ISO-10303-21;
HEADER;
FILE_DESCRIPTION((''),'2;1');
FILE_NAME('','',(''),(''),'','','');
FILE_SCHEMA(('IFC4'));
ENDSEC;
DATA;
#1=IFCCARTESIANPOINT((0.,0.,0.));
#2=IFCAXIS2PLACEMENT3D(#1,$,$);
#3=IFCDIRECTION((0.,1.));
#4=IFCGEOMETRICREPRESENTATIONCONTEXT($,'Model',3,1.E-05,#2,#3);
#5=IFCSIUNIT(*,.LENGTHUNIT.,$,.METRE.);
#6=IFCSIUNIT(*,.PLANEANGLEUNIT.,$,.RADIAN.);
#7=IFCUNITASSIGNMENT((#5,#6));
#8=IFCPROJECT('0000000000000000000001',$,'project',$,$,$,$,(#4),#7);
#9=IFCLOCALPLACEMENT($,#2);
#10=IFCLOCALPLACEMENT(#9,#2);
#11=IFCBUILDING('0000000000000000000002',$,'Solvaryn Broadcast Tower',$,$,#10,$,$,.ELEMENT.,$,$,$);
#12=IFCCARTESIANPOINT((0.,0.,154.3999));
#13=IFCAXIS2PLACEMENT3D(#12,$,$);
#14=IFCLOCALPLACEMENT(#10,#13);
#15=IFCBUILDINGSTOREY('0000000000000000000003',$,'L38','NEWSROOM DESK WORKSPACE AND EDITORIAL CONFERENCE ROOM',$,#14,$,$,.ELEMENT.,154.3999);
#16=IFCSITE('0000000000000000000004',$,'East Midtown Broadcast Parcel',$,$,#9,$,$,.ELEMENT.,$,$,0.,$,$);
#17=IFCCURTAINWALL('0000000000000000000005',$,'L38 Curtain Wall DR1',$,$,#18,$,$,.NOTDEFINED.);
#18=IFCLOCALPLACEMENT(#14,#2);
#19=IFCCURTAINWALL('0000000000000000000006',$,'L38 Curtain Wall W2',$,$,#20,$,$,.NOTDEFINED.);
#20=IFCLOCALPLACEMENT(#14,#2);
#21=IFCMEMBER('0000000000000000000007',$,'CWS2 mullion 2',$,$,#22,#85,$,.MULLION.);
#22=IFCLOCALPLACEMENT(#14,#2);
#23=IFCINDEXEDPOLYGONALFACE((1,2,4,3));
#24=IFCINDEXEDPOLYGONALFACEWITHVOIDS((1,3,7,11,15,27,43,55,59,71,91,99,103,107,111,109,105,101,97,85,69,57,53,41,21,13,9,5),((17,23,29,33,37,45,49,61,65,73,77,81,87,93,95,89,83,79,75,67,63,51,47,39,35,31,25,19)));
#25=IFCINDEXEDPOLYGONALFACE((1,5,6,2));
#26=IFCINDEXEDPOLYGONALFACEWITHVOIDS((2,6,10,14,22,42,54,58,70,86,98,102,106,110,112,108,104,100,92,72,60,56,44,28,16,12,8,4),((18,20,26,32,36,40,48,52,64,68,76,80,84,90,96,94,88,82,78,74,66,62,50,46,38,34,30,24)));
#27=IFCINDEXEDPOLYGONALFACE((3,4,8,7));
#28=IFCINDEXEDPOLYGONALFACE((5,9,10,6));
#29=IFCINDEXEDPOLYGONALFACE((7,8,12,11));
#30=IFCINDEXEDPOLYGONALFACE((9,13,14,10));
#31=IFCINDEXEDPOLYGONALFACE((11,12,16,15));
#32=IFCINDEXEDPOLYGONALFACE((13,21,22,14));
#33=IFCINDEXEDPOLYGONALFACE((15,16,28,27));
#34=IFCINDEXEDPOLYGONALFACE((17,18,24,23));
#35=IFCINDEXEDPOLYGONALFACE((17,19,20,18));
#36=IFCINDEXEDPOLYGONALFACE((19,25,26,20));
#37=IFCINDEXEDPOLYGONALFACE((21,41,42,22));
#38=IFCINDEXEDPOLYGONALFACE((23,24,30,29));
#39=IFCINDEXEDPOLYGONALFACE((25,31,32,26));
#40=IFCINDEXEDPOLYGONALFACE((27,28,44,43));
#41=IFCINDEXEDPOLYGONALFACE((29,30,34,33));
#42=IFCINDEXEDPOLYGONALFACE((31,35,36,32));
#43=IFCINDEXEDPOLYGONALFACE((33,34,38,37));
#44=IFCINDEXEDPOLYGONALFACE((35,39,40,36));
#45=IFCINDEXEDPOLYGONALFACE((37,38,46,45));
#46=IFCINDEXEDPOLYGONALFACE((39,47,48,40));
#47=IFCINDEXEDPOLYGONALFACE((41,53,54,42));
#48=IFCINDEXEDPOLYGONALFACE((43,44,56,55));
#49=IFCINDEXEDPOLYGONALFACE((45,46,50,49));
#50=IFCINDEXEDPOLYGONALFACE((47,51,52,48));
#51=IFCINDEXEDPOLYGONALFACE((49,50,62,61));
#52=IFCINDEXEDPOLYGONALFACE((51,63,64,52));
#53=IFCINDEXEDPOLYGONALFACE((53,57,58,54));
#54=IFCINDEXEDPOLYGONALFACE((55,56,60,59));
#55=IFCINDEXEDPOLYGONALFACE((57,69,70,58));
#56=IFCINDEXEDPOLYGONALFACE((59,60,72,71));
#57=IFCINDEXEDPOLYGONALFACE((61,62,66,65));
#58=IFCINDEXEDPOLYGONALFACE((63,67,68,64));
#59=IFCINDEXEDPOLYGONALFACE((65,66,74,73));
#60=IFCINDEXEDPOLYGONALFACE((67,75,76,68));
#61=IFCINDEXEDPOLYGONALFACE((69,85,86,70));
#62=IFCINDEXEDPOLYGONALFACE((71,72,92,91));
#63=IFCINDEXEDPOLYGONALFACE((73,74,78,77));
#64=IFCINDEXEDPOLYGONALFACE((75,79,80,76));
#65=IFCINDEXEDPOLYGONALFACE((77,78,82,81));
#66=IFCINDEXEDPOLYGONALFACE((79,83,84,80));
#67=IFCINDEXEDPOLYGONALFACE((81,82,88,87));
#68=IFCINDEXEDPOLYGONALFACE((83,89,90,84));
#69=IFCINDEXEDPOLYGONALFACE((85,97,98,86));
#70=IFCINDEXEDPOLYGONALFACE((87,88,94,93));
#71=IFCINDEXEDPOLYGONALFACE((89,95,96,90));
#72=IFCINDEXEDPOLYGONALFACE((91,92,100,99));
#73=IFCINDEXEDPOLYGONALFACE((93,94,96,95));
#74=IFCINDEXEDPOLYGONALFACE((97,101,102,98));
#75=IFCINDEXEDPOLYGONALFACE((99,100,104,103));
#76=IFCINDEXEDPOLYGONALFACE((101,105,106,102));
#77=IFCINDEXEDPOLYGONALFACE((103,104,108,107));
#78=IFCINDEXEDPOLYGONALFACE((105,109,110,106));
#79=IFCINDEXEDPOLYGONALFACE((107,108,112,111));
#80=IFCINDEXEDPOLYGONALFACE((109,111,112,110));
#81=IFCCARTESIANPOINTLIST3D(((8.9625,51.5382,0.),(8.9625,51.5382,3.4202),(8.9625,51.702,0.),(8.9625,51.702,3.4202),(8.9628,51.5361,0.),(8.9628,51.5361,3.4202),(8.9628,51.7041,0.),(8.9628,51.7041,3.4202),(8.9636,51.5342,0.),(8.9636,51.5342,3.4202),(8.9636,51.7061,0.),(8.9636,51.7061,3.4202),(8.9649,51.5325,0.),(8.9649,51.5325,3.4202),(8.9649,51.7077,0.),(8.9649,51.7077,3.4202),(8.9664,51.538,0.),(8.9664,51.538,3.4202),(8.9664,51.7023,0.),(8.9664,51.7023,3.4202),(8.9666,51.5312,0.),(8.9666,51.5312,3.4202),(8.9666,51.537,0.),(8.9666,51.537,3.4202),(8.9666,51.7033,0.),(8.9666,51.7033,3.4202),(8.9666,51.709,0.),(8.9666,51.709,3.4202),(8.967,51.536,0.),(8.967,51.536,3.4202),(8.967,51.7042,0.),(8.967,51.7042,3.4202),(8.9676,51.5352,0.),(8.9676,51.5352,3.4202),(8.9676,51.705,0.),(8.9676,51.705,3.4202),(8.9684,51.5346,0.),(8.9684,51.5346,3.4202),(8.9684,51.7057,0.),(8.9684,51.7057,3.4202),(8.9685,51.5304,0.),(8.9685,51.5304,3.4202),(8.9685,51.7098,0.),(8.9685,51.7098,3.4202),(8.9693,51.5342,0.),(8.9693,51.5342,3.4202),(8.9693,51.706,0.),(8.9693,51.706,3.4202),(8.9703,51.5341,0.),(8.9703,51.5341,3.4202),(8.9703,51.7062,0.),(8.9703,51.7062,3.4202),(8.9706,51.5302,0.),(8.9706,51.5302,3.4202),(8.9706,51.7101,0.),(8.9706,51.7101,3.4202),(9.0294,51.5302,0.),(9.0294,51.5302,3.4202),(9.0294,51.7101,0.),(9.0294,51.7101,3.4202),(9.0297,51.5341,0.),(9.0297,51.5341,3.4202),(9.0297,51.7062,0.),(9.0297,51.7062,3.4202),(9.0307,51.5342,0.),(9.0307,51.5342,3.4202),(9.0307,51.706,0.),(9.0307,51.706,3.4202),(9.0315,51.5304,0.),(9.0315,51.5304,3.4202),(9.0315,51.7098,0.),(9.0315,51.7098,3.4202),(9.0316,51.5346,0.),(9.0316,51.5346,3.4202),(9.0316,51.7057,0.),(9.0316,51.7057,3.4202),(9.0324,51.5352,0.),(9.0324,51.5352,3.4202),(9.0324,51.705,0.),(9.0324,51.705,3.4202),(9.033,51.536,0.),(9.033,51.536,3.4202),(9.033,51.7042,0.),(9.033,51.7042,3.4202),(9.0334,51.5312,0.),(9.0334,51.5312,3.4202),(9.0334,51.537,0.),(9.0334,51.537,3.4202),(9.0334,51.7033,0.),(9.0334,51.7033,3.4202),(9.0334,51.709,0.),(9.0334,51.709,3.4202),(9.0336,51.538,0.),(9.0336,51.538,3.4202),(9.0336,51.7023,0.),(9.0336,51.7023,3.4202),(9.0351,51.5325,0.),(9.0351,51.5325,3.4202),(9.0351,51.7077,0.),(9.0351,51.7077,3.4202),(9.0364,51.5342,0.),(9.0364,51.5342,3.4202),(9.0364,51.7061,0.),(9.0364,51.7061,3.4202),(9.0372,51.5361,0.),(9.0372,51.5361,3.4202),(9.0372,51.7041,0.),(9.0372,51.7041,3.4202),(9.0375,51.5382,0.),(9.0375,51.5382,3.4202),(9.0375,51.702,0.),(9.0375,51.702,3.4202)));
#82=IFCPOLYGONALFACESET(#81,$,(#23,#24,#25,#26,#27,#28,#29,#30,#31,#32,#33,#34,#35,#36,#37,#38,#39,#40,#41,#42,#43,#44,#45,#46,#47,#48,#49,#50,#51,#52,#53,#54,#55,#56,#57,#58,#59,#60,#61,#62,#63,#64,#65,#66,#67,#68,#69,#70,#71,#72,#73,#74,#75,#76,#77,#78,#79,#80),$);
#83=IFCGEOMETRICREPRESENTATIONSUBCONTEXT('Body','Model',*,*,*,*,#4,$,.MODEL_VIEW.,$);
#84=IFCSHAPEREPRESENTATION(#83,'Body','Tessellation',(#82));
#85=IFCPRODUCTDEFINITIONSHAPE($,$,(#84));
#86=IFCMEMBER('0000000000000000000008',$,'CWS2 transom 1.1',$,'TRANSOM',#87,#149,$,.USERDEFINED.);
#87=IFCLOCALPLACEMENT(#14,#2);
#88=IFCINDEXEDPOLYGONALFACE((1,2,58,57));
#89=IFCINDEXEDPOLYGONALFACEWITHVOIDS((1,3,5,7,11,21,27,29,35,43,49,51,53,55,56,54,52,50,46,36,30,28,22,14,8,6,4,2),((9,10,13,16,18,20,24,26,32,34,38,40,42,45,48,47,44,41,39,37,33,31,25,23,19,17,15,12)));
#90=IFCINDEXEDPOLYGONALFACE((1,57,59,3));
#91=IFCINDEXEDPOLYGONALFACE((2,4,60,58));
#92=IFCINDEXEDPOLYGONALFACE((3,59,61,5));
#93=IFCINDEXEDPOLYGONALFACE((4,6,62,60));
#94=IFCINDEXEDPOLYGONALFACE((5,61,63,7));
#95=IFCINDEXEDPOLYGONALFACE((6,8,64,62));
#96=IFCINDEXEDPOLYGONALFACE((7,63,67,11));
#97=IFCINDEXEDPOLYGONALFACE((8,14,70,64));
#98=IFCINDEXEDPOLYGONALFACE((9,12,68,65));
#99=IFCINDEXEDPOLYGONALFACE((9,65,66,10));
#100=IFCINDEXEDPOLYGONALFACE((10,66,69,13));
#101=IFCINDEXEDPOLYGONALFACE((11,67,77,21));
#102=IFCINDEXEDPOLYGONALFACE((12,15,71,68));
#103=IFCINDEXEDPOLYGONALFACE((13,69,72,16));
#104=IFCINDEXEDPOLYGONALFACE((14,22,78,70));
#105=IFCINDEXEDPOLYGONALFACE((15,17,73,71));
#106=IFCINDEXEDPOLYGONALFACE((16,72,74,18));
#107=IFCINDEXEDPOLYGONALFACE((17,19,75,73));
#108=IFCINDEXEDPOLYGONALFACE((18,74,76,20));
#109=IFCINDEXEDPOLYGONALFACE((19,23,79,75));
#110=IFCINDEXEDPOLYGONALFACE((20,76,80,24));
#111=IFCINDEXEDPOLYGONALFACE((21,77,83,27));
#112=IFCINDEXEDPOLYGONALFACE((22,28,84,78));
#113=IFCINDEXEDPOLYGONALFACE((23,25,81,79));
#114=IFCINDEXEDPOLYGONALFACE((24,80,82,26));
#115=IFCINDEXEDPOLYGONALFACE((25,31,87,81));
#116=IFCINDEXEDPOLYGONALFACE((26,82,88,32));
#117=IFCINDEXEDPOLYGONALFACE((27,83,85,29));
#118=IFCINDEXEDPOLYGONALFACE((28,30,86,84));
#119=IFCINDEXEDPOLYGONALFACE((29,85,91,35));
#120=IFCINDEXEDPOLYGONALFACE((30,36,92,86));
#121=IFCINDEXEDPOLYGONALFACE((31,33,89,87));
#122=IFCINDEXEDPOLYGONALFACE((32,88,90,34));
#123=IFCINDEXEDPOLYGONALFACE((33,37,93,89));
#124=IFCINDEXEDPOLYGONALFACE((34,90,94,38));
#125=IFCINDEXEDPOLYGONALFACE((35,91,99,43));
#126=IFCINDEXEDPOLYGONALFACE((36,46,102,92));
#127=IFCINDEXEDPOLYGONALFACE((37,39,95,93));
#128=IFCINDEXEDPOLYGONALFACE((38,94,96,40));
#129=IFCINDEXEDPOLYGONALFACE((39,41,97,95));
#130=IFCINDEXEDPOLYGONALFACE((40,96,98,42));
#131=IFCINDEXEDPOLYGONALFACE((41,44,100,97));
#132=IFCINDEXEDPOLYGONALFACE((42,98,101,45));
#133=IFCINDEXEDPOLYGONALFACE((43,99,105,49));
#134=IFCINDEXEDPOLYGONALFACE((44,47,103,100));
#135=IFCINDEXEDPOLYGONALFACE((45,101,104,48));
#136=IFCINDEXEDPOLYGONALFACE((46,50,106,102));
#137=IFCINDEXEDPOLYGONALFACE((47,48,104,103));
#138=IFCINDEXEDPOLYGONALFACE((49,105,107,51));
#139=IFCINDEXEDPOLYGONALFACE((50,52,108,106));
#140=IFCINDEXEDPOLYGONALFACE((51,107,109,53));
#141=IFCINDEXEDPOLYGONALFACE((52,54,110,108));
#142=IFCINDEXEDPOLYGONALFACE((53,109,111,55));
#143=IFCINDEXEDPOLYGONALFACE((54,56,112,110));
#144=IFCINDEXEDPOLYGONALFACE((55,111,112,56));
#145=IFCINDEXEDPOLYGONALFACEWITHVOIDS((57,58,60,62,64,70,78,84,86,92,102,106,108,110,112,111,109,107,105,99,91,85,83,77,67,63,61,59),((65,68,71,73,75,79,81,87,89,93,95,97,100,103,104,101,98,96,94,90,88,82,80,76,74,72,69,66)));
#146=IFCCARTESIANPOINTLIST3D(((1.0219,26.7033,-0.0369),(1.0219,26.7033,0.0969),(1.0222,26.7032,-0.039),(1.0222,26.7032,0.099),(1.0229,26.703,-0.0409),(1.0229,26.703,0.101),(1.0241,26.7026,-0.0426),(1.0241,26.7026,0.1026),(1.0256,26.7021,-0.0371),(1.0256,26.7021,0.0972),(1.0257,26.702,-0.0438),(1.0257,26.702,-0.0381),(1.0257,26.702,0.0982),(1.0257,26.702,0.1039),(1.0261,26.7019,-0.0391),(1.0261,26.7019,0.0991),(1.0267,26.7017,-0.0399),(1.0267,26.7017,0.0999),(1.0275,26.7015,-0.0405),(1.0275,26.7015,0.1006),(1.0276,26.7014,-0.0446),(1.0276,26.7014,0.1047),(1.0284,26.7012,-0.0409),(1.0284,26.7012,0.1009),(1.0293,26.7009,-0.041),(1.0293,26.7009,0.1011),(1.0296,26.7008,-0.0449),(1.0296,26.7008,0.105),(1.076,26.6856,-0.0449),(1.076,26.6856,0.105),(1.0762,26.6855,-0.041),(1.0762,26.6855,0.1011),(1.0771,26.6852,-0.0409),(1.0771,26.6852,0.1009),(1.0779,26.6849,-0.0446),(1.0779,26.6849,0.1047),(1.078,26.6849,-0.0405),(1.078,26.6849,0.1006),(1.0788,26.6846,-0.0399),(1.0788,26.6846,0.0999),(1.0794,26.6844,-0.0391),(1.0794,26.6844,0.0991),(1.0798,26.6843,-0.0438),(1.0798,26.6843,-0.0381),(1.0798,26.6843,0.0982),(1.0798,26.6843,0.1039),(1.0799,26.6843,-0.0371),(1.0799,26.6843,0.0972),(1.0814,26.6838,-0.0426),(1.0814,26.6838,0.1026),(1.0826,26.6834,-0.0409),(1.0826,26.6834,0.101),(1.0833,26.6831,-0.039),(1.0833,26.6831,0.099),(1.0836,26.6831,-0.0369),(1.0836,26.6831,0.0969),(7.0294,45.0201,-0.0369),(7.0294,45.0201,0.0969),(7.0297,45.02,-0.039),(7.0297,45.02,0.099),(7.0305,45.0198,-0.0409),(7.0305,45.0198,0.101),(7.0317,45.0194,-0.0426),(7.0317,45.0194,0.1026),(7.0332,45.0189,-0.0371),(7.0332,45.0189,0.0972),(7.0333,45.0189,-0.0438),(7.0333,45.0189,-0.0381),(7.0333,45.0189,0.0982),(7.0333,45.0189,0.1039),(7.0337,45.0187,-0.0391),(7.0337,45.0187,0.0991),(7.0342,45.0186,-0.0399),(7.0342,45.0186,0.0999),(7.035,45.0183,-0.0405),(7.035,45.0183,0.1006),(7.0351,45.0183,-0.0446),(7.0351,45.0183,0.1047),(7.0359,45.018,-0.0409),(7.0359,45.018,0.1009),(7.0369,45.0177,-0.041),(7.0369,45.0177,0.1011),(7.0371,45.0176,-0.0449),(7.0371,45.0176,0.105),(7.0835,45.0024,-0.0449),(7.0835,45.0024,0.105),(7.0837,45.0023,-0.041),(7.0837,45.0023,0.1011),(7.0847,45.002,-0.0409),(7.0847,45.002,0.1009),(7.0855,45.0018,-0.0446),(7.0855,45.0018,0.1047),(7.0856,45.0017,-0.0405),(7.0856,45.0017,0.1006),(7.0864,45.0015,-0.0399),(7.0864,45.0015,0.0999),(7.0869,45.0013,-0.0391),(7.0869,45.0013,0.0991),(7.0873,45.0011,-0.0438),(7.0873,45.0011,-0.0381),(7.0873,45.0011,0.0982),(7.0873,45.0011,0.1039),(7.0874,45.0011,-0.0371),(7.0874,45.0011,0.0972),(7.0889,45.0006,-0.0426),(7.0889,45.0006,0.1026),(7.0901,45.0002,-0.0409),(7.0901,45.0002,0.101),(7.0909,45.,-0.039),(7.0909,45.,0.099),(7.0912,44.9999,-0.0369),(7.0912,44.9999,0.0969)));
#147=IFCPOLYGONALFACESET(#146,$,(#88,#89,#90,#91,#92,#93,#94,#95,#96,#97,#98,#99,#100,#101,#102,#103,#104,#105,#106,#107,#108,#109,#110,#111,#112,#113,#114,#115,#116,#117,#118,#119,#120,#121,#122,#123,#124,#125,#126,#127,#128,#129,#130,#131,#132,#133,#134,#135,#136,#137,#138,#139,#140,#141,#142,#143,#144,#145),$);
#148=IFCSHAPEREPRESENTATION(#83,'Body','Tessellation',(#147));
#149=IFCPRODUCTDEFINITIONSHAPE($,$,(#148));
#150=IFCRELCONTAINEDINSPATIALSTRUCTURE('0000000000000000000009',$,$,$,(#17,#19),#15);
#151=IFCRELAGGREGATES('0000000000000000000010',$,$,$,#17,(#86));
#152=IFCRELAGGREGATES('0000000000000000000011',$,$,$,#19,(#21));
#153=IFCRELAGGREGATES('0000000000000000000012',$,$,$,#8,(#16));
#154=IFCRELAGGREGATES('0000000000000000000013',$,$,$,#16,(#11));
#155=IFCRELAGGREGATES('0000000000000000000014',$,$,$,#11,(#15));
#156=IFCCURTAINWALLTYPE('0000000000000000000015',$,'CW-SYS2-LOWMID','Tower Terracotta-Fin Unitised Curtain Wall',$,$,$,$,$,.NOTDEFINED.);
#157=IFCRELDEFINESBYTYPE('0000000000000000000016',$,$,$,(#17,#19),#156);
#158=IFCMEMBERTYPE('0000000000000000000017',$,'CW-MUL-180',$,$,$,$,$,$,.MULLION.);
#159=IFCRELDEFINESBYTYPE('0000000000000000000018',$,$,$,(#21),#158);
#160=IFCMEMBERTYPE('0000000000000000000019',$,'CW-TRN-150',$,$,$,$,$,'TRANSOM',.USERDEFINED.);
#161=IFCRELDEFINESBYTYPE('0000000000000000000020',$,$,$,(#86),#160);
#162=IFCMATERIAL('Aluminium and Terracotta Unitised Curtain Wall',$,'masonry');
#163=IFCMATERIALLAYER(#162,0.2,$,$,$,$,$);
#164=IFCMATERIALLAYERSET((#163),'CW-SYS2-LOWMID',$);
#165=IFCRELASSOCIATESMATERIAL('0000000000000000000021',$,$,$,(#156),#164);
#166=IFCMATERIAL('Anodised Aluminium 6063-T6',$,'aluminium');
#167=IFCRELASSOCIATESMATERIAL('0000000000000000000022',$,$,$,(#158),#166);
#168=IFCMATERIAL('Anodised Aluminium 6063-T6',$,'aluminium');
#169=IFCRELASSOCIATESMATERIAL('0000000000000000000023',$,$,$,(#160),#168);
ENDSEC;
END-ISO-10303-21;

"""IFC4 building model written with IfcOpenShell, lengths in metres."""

from ifc_helpers import new_model, si_unit, direction, frame, origin, origin_2d, place, context, subcontext, project, spatial, hollow_rectangle, extrude, material, layer, layer_set, material_profile, profile_set, type_object, element, aggregate, save


model = new_model("IFC4")

# Units and contexts
model_context = context("Model", 3, precision=1e-05, world=origin(), true_north=direction((0.0, 1.0)))
body_context = subcontext(model_context, "Body", "Model", "MODEL_VIEW")
ifc_project = project(units=[si_unit("LENGTHUNIT", "METRE"), si_unit("PLANEANGLEUNIT", "RADIAN")], contexts=[model_context])

# Site, building, storey
site_placement = place(None, origin())
site = spatial("IfcSite", under=ifc_project, at=site_placement, Name="East Midtown Broadcast Parcel", CompositionType="ELEMENT", RefElevation=0.0)
building_placement = place(site_placement, origin())
building = spatial("IfcBuilding", under=site, at=building_placement, Name="Solvaryn Broadcast Tower", CompositionType="ELEMENT")
storey_placement = place(building_placement, frame((0.0, 0.0, 154.3999)))
storey = spatial("IfcBuildingStorey", under=building, at=storey_placement, Name="L38", Description="NEWSROOM DESK WORKSPACE AND EDITORIAL CONFERENCE ROOM", CompositionType="ELEMENT", Elevation=154.3999)

# Curtain wall
ifc_material_1 = material(Name="Aluminium and Terracotta Unitised Curtain Wall", Category="masonry")
ifc_layer_1 = layer(ifc_material_1, 0.2)
ifc_layer_set_1 = layer_set([ifc_layer_1], Name="CW-SYS2-LOWMID")
curtain_wall_type = type_object("IfcCurtainWallType", Name="CW-SYS2-LOWMID", Description="Tower Terracotta-Fin Unitised Curtain Wall", PredefinedType="NOTDEFINED", material=ifc_layer_set_1)
curtain_wall_1_placement = place(storey_placement, origin())
curtain_wall_1 = element("IfcCurtainWall", 1, at=curtain_wall_1_placement, inside=storey, type_object=curtain_wall_type, Name="L38 Curtain Wall DR1", PredefinedType="NOTDEFINED")
ifc_material_2 = material(Name="Anodised Aluminium 6063-T6", Category="aluminium")
ifc_material_profile_1 = material_profile(ifc_material_2, hollow_rectangle(XDim=0.075, YDim=0.1799, WallThickness=0.0039, InnerFilletRadius=0.0039, OuterFilletRadius=0.0081, at=origin_2d()))
ifc_profile_set_1 = profile_set([ifc_material_profile_1], Name="Anodised Aluminium 6063-T6")
member_type_1 = type_object("IfcMemberType", Name="CW-MUL-180", PredefinedType="MULLION", material=ifc_profile_set_1)

# Curtain wall, member
curtain_wall_2_placement = place(storey_placement, origin())
curtain_wall_2 = element("IfcCurtainWall", 2, at=curtain_wall_2_placement, inside=storey, type_object=curtain_wall_type, Name="L38 Curtain Wall W2", PredefinedType="NOTDEFINED")
member_1_placement = place(storey_placement, frame((9.0, 51.6201, 0.0), z_axis=(0.0, 0.0, 1.0), x_axis=(-1.0, 0.0, 0.0)))
member_1 = element("IfcMember", 3, at=member_1_placement, type_object=member_type_1, Name="CWS2 mullion 2", PredefinedType="MULLION", context=body_context, shape_type="SweptSolid", body=[
    extrude(hollow_rectangle(XDim=0.075, YDim=0.1799, WallThickness=0.0039, InnerFilletRadius=0.0039, OuterFilletRadius=0.0081, at=origin_2d()), origin(), (0.0, 0.0, 1.0), 3.4202),
])

# Member
ifc_material_3 = material(Name="Anodised Aluminium 6063-T6", Category="aluminium")
ifc_material_profile_2 = material_profile(ifc_material_3, hollow_rectangle(XDim=0.0649, YDim=0.1499, WallThickness=0.0039, InnerFilletRadius=0.0039, OuterFilletRadius=0.0081, at=origin_2d()))
ifc_profile_set_2 = profile_set([ifc_material_profile_2], Name="Anodised Aluminium 6063-T6")
member_type_2 = type_object("IfcMemberType", Name="CW-TRN-150", ElementType="TRANSOM", PredefinedType="USERDEFINED", material=ifc_profile_set_2)
member_2_placement = place(storey_placement, frame((7.0603, 45.01, 0.03), z_axis=(-0.311646, -0.950198, 0.0), x_axis=(0.950198, -0.311646, 0.0)))
member_2 = element("IfcMember", 4, at=member_2_placement, type_object=member_type_2, Name="CWS2 transom 1.1", ObjectType="TRANSOM", PredefinedType="USERDEFINED", context=body_context, shape_type="SweptSolid", body=[
    extrude(hollow_rectangle(XDim=0.0649, YDim=0.1499, WallThickness=0.0039, InnerFilletRadius=0.0039, OuterFilletRadius=0.0081, at=origin_2d()), origin(), (0.0, 0.0, 1.0), 19.2769),
])
aggregate(curtain_wall_1, [member_2])

aggregate(curtain_wall_2, [member_1])

save(model, "model.ifc")
